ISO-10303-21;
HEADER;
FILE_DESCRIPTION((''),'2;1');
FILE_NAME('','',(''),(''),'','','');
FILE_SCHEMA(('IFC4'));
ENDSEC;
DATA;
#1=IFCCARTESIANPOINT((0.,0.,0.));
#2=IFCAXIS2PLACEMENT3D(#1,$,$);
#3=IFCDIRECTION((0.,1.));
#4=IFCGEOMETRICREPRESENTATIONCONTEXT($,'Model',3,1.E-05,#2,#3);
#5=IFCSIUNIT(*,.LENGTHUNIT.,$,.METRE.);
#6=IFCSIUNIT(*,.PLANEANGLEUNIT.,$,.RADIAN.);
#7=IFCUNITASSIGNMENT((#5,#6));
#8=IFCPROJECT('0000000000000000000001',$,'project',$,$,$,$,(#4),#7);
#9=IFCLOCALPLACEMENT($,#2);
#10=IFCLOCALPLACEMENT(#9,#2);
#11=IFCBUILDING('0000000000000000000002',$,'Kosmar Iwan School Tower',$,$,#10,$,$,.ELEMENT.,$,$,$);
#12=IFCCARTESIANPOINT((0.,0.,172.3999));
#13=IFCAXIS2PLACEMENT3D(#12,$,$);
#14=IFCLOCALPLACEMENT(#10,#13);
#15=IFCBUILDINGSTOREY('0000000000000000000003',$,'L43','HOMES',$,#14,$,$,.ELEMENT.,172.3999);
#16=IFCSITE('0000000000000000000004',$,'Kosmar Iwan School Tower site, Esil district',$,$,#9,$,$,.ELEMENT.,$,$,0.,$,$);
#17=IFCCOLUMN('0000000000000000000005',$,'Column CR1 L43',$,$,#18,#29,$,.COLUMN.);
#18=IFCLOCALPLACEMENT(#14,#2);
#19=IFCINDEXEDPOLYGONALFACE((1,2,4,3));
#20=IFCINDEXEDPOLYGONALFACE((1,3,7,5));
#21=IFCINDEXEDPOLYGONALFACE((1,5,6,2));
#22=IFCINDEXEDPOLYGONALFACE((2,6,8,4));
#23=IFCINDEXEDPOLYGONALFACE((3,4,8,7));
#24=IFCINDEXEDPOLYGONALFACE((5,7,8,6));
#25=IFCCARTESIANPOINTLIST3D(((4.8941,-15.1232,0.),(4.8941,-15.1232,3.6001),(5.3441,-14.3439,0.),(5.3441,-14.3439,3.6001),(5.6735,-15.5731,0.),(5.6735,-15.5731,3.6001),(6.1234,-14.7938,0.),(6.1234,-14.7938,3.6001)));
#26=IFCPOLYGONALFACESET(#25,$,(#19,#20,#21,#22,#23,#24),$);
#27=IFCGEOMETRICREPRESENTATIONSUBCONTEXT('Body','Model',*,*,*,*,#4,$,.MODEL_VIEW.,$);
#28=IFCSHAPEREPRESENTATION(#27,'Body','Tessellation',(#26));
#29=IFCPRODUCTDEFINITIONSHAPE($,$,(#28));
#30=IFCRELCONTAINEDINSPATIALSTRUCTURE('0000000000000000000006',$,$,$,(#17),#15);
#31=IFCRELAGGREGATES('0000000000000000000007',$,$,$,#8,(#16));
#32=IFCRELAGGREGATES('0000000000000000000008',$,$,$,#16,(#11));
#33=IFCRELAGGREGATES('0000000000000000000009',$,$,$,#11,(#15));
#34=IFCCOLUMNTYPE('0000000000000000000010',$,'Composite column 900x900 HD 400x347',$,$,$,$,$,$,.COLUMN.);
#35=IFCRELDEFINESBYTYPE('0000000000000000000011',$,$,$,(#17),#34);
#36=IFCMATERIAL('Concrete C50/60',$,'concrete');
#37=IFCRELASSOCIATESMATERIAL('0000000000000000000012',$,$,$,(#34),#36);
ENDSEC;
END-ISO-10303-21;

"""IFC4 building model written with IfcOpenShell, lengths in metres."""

from ifc_helpers import new_model, si_unit, direction, frame, origin, origin_2d, place, context, subcontext, project, spatial, rectangle, extrude, material, material_profile, profile_set, type_object, element, save


model = new_model("IFC4")

# Units and contexts
model_context = context("Model", 3, precision=1e-05, world=origin(), true_north=direction((0.0, 1.0)))
body_context = subcontext(model_context, "Body", "Model", "MODEL_VIEW")
ifc_project = project(units=[si_unit("LENGTHUNIT", "METRE"), si_unit("PLANEANGLEUNIT", "RADIAN")], contexts=[model_context])

# Site, building, storey
site_placement = place(None, origin())
site = spatial("IfcSite", under=ifc_project, at=site_placement, Name="Kosmar Iwan School Tower site, Esil district", CompositionType="ELEMENT", RefElevation=0.0)
building_placement = place(site_placement, origin())
building = spatial("IfcBuilding", under=site, at=building_placement, Name="Kosmar Iwan School Tower", CompositionType="ELEMENT")
storey_placement = place(building_placement, frame((0.0, 0.0, 172.3999)))
storey = spatial("IfcBuildingStorey", under=building, at=storey_placement, Name="L43", Description="HOMES", CompositionType="ELEMENT", Elevation=172.3999)

# Column
ifc_material_1 = material(Name="Concrete C50/60", Category="concrete")
ifc_material_profile = material_profile(ifc_material_1, rectangle(XDim=0.8999, YDim=0.8999, at=origin_2d()), Name="RC 900x900 + HD 400x347")
ifc_profile_set = profile_set([ifc_material_profile], Name="Concrete C50/60")
column_type = type_object("IfcColumnType", Name="Composite column 900x900 HD 400x347", PredefinedType="COLUMN", material=ifc_profile_set)
column_placement = place(storey_placement, frame((5.5088, -14.9585, 0.0), z_axis=(0.0, 0.0, 1.0), x_axis=(0.866025, -0.5, 0.0)))
element("IfcColumn", 1, at=column_placement, inside=storey, type_object=column_type, Name="Column CR1 L43", PredefinedType="COLUMN", context=body_context, shape_type="SweptSolid", body=[
    extrude(rectangle(XDim=0.8999, YDim=0.8999, at=origin_2d()), origin(), (0.0, 0.0, 1.0), 3.6001),
])

save(model, "model.ifc")
